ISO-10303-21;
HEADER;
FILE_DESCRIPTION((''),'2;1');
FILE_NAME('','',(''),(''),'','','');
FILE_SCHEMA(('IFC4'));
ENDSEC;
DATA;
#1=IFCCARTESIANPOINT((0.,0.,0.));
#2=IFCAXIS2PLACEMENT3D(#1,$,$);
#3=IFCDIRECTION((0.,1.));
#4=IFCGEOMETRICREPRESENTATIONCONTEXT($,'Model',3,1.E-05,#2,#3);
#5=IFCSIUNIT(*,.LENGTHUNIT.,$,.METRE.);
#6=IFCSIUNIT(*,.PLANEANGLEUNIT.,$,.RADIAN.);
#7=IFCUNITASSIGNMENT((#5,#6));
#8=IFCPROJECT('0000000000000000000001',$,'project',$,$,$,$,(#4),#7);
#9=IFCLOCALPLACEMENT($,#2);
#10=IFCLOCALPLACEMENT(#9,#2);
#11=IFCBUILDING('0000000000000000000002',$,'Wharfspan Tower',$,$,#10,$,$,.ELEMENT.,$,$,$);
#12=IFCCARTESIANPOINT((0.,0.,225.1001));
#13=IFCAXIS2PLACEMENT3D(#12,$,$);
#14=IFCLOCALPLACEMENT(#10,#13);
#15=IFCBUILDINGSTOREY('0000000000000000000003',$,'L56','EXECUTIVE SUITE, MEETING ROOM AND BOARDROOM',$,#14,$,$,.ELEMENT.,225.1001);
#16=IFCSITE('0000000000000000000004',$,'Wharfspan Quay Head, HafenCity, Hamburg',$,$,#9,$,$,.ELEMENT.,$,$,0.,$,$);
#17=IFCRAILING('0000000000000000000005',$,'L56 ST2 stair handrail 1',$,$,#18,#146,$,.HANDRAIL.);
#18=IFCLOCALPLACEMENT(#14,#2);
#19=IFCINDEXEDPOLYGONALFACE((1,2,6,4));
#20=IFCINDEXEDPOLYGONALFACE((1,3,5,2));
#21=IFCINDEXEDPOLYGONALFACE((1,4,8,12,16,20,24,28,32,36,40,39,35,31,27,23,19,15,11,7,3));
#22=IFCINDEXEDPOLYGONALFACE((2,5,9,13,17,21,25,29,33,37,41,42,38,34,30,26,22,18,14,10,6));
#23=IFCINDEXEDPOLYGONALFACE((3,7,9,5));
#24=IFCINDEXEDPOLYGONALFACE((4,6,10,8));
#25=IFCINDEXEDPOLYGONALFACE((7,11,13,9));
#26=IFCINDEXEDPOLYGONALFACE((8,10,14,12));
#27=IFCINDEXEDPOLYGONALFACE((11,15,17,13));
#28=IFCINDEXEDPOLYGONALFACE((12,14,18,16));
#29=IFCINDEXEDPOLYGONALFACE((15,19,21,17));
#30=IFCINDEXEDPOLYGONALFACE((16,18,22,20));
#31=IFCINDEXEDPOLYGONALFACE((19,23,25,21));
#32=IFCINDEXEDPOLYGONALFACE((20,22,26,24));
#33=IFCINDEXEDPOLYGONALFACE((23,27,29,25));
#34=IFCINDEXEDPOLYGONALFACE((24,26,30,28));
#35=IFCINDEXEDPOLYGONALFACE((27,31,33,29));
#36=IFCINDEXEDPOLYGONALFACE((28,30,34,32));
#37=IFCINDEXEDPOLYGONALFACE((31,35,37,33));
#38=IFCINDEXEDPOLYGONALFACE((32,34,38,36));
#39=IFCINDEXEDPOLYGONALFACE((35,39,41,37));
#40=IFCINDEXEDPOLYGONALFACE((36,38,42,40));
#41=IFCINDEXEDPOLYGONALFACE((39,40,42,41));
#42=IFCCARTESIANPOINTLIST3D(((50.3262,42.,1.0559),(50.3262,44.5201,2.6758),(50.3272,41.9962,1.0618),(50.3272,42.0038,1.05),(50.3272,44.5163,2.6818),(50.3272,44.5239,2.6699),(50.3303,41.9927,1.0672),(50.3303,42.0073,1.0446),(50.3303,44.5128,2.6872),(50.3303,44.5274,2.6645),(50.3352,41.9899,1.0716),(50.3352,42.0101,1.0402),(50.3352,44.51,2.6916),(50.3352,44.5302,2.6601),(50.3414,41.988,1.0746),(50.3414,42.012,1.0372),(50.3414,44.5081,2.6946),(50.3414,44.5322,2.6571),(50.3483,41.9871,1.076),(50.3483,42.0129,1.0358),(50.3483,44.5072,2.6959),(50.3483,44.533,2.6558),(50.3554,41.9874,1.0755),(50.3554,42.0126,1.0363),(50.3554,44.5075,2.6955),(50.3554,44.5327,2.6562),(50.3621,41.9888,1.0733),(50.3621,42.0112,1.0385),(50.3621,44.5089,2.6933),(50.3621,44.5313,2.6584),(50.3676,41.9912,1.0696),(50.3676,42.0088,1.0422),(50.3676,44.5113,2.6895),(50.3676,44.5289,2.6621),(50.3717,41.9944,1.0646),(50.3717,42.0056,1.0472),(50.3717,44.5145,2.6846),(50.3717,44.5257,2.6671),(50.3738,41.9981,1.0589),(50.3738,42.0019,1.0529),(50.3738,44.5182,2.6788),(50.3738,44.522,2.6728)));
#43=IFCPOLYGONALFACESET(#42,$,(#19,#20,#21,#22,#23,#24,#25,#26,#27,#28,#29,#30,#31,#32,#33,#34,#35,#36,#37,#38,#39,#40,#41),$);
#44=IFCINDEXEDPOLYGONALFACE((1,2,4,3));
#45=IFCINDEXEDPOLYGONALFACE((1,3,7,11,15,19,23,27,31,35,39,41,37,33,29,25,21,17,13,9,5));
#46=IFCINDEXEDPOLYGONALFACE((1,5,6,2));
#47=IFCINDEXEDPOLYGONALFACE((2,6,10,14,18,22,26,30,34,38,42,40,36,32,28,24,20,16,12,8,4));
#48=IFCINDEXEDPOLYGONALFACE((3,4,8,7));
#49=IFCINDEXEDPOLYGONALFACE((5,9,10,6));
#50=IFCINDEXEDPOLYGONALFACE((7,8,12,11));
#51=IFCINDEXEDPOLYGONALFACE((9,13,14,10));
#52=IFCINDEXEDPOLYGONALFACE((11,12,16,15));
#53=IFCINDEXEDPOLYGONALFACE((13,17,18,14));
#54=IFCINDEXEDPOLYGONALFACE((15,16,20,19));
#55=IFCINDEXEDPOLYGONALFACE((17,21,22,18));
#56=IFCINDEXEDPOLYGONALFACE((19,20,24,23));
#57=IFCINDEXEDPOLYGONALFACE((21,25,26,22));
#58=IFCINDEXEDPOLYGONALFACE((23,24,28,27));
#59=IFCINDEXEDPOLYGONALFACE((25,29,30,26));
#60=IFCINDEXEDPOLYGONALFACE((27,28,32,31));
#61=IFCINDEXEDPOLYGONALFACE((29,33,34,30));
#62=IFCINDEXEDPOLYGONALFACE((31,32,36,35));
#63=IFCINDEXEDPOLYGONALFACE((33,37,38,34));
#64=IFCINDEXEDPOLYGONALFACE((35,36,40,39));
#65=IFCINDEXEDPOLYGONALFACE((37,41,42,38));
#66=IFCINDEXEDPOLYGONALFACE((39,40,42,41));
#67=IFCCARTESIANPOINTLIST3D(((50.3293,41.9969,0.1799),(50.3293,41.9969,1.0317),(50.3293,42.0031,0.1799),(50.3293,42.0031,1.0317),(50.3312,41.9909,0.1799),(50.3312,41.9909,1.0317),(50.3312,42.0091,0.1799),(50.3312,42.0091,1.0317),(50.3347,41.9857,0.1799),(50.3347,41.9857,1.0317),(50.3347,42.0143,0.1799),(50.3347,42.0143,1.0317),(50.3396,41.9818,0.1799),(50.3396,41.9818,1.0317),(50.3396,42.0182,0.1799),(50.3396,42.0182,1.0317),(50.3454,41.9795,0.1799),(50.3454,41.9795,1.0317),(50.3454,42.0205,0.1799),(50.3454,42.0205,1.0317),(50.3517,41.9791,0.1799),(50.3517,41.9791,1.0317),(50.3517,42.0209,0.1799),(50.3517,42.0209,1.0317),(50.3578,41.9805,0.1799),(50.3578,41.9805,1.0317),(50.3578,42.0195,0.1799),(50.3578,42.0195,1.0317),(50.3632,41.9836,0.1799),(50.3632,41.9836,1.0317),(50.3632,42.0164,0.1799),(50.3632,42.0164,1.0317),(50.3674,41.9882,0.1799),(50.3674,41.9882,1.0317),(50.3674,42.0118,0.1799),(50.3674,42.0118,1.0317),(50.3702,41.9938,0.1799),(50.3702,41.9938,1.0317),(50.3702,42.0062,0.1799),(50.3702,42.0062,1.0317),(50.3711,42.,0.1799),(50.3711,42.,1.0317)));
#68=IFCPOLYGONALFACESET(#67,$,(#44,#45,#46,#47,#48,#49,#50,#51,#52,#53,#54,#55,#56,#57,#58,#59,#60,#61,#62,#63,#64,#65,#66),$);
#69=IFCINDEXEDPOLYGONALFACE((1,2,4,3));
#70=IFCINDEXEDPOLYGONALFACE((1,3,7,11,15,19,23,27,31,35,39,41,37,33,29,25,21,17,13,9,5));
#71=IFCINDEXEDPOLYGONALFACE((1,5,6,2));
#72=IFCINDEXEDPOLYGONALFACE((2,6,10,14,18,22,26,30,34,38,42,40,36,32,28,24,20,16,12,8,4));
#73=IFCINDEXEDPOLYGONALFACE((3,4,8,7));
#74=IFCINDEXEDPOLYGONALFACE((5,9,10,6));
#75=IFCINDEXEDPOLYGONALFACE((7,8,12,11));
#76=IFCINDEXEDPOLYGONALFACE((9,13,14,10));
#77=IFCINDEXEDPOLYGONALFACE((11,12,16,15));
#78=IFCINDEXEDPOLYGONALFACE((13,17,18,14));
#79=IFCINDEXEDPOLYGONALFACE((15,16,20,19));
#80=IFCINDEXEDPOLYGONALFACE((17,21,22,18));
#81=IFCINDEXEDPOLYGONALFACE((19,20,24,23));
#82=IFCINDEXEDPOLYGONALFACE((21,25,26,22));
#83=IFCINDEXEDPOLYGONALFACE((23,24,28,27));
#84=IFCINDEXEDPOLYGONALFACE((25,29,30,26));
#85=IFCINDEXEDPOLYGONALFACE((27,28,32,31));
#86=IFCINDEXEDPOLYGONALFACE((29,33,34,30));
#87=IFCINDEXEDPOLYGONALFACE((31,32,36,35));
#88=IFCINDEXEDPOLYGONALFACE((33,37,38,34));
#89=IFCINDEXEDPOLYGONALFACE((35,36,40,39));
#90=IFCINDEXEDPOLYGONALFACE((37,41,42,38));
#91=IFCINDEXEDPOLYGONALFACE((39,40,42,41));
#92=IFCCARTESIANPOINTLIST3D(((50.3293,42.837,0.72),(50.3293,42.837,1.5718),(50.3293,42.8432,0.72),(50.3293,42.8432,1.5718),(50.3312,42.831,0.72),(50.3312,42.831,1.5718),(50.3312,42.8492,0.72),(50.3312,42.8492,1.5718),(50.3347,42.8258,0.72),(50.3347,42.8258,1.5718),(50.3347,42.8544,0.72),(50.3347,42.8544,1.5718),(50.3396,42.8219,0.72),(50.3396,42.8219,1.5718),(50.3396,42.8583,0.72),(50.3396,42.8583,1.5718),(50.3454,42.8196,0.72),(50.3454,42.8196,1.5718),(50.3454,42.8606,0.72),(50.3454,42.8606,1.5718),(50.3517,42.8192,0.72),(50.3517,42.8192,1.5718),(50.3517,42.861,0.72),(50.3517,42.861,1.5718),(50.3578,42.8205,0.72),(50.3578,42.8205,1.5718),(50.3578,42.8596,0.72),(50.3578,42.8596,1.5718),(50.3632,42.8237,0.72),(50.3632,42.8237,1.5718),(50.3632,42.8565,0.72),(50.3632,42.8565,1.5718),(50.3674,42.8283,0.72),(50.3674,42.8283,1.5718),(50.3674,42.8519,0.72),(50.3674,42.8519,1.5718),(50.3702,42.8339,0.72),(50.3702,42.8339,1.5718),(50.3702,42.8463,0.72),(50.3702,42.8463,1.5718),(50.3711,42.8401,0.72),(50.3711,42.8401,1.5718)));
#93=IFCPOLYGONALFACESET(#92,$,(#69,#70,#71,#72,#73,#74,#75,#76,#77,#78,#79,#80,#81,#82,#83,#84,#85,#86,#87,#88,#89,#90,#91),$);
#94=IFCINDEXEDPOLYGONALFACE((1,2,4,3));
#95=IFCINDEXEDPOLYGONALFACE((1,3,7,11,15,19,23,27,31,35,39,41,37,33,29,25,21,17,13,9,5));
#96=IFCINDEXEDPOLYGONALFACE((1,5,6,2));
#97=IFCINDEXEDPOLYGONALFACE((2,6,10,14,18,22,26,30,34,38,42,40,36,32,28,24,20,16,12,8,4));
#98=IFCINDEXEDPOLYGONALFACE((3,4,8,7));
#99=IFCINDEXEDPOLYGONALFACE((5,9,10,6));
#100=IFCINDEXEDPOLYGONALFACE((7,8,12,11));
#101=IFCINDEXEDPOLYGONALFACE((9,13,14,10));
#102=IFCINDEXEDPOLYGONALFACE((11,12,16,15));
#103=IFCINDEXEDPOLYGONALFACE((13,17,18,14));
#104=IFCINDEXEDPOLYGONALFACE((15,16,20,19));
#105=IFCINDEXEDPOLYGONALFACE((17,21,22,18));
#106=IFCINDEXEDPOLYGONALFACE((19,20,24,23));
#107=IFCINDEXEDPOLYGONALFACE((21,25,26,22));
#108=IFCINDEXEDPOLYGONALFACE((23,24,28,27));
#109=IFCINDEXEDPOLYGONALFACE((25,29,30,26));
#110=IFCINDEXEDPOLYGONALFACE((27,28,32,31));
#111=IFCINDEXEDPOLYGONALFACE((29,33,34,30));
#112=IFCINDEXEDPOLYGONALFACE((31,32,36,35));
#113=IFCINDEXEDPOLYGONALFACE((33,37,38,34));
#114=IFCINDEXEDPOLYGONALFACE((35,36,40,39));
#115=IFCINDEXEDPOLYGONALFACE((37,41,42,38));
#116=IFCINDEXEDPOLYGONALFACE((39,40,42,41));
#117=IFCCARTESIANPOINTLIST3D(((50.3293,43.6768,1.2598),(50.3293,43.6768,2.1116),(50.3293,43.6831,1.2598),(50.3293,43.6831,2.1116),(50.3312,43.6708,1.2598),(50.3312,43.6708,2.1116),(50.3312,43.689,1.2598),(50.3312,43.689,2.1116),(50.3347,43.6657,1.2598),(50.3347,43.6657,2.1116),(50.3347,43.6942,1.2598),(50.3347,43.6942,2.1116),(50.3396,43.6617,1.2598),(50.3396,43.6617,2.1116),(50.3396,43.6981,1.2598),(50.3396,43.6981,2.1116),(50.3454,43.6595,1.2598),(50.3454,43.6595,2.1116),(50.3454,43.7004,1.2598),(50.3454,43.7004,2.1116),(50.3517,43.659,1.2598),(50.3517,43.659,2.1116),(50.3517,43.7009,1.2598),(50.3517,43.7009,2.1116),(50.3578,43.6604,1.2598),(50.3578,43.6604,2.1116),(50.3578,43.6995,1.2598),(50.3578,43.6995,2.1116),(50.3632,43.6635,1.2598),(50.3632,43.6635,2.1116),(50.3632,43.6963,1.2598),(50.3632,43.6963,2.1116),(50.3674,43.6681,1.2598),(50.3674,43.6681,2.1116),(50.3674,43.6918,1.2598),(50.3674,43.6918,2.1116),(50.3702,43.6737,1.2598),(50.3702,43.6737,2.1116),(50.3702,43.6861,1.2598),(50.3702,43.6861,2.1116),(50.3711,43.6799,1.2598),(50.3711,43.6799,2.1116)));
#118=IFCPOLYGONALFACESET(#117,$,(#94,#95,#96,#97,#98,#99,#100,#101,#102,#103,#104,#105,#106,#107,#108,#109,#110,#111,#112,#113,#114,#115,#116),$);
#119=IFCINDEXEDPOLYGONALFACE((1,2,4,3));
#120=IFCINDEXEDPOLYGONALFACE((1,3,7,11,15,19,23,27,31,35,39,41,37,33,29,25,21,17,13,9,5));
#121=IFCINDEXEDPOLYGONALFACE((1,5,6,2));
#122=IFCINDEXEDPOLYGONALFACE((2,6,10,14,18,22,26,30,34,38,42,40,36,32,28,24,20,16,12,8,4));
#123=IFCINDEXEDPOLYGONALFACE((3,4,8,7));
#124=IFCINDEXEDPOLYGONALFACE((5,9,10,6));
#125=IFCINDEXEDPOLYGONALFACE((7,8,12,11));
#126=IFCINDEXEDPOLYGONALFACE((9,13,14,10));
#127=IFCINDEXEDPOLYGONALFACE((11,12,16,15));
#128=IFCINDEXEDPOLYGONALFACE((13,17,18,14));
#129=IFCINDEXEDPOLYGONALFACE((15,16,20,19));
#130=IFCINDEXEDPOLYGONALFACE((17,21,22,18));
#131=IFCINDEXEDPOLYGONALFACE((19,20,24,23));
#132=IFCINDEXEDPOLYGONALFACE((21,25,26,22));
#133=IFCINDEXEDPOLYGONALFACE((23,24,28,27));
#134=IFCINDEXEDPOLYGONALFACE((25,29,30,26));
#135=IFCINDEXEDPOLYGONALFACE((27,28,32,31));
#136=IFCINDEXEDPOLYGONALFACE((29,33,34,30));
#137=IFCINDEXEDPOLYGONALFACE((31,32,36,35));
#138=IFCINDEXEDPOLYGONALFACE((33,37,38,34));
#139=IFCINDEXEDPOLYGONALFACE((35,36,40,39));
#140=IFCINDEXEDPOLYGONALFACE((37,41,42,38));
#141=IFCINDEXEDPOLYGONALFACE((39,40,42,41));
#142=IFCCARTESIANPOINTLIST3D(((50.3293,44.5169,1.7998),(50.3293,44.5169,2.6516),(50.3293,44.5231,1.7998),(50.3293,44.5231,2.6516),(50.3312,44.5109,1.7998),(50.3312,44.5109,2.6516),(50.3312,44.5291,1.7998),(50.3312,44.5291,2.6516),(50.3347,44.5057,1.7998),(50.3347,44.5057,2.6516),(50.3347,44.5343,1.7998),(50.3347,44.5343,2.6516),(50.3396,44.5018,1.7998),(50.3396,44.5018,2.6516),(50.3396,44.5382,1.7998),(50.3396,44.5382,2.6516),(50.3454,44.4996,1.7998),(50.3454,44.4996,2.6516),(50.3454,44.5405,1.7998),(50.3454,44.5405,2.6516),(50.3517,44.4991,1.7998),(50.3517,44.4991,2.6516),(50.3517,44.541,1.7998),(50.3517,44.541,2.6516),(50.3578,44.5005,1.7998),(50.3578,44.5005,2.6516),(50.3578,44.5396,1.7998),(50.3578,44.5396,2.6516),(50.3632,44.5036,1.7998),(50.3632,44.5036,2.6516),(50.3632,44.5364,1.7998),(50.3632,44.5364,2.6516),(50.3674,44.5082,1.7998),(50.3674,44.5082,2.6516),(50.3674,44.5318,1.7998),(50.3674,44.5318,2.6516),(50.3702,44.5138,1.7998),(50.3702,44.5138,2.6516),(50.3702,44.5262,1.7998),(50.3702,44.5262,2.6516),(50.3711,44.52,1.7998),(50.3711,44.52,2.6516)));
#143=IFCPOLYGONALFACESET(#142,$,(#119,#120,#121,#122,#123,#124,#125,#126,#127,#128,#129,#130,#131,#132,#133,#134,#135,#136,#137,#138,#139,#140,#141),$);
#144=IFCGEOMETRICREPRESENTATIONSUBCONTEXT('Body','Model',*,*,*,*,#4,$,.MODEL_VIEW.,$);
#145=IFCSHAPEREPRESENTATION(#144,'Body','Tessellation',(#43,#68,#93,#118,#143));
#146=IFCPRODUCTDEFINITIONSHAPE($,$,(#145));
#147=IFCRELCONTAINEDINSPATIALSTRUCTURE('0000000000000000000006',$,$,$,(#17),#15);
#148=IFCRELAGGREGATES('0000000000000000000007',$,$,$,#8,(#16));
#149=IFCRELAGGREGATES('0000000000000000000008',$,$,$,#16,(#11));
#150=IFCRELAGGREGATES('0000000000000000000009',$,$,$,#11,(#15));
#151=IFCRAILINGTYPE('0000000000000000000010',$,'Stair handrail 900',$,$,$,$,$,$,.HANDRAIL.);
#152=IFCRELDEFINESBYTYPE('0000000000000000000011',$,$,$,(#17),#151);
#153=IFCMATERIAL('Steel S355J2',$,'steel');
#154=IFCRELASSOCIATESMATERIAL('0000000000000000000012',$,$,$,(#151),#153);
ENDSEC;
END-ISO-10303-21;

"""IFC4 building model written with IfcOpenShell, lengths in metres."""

from ifc_helpers import new_model, si_unit, direction, frame, origin, origin_2d, place, context, subcontext, project, spatial, circle, extrude, material, type_object, element, save


model = new_model("IFC4")

# Units and contexts
model_context = context("Model", 3, precision=1e-05, world=origin(), true_north=direction((0.0, 1.0)))
body_context = subcontext(model_context, "Body", "Model", "MODEL_VIEW")
ifc_project = project(units=[si_unit("LENGTHUNIT", "METRE"), si_unit("PLANEANGLEUNIT", "RADIAN")], contexts=[model_context])

# Site, building, storey
site_placement = place(None, origin())
site = spatial("IfcSite", under=ifc_project, at=site_placement, Name="Wharfspan Quay Head, HafenCity, Hamburg", CompositionType="ELEMENT", RefElevation=0.0)
building_placement = place(site_placement, origin())
building = spatial("IfcBuilding", under=site, at=building_placement, Name="Wharfspan Tower", CompositionType="ELEMENT")
storey_placement = place(building_placement, frame((0.0, 0.0, 225.1001)))
storey = spatial("IfcBuildingStorey", under=building, at=storey_placement, Name="L56", Description="EXECUTIVE SUITE, MEETING ROOM AND BOARDROOM", CompositionType="ELEMENT", Elevation=225.1001)

# Shared definitions
ifc_material_1 = material(Name="Steel S355J2", Category="steel")

# Railing
railing_type_1 = type_object("IfcRailingType", Name="Stair handrail 900", PredefinedType="HANDRAIL", material=ifc_material_1)
railing_1_placement = place(storey_placement, frame((50.3501, 42.0, 0.1799)))
element("IfcRailing", 1, at=railing_1_placement, inside=storey, type_object=railing_type_1, Name="L56 ST2 stair handrail 1", PredefinedType="HANDRAIL", context=body_context, shape_type="SweptSolid", body=[
    extrude(circle(Radius=0.0239, at=origin_2d()), frame((0.0, 0.0, 0.876), z_axis=(0.0, 0.8412, 0.540725), x_axis=(-1.0, 0.0, 0.0)), (0.0, 0.0, 1.0), 2.9958),
    extrude(circle(Radius=0.021, at=origin_2d()), origin(), (0.0, 0.0, 1.0), 0.8518),
    extrude(circle(Radius=0.021, at=origin_2d()), frame((0.0, 0.8401, 0.54)), (0.0, 0.0, 1.0), 0.8518),
    extrude(circle(Radius=0.021, at=origin_2d()), frame((0.0, 1.6799, 1.0798)), (0.0, 0.0, 1.0), 0.8518),
    extrude(circle(Radius=0.021, at=origin_2d()), frame((0.0, 2.52, 1.6199)), (0.0, 0.0, 1.0), 0.8518),
])

save(model, "model.ifc")
